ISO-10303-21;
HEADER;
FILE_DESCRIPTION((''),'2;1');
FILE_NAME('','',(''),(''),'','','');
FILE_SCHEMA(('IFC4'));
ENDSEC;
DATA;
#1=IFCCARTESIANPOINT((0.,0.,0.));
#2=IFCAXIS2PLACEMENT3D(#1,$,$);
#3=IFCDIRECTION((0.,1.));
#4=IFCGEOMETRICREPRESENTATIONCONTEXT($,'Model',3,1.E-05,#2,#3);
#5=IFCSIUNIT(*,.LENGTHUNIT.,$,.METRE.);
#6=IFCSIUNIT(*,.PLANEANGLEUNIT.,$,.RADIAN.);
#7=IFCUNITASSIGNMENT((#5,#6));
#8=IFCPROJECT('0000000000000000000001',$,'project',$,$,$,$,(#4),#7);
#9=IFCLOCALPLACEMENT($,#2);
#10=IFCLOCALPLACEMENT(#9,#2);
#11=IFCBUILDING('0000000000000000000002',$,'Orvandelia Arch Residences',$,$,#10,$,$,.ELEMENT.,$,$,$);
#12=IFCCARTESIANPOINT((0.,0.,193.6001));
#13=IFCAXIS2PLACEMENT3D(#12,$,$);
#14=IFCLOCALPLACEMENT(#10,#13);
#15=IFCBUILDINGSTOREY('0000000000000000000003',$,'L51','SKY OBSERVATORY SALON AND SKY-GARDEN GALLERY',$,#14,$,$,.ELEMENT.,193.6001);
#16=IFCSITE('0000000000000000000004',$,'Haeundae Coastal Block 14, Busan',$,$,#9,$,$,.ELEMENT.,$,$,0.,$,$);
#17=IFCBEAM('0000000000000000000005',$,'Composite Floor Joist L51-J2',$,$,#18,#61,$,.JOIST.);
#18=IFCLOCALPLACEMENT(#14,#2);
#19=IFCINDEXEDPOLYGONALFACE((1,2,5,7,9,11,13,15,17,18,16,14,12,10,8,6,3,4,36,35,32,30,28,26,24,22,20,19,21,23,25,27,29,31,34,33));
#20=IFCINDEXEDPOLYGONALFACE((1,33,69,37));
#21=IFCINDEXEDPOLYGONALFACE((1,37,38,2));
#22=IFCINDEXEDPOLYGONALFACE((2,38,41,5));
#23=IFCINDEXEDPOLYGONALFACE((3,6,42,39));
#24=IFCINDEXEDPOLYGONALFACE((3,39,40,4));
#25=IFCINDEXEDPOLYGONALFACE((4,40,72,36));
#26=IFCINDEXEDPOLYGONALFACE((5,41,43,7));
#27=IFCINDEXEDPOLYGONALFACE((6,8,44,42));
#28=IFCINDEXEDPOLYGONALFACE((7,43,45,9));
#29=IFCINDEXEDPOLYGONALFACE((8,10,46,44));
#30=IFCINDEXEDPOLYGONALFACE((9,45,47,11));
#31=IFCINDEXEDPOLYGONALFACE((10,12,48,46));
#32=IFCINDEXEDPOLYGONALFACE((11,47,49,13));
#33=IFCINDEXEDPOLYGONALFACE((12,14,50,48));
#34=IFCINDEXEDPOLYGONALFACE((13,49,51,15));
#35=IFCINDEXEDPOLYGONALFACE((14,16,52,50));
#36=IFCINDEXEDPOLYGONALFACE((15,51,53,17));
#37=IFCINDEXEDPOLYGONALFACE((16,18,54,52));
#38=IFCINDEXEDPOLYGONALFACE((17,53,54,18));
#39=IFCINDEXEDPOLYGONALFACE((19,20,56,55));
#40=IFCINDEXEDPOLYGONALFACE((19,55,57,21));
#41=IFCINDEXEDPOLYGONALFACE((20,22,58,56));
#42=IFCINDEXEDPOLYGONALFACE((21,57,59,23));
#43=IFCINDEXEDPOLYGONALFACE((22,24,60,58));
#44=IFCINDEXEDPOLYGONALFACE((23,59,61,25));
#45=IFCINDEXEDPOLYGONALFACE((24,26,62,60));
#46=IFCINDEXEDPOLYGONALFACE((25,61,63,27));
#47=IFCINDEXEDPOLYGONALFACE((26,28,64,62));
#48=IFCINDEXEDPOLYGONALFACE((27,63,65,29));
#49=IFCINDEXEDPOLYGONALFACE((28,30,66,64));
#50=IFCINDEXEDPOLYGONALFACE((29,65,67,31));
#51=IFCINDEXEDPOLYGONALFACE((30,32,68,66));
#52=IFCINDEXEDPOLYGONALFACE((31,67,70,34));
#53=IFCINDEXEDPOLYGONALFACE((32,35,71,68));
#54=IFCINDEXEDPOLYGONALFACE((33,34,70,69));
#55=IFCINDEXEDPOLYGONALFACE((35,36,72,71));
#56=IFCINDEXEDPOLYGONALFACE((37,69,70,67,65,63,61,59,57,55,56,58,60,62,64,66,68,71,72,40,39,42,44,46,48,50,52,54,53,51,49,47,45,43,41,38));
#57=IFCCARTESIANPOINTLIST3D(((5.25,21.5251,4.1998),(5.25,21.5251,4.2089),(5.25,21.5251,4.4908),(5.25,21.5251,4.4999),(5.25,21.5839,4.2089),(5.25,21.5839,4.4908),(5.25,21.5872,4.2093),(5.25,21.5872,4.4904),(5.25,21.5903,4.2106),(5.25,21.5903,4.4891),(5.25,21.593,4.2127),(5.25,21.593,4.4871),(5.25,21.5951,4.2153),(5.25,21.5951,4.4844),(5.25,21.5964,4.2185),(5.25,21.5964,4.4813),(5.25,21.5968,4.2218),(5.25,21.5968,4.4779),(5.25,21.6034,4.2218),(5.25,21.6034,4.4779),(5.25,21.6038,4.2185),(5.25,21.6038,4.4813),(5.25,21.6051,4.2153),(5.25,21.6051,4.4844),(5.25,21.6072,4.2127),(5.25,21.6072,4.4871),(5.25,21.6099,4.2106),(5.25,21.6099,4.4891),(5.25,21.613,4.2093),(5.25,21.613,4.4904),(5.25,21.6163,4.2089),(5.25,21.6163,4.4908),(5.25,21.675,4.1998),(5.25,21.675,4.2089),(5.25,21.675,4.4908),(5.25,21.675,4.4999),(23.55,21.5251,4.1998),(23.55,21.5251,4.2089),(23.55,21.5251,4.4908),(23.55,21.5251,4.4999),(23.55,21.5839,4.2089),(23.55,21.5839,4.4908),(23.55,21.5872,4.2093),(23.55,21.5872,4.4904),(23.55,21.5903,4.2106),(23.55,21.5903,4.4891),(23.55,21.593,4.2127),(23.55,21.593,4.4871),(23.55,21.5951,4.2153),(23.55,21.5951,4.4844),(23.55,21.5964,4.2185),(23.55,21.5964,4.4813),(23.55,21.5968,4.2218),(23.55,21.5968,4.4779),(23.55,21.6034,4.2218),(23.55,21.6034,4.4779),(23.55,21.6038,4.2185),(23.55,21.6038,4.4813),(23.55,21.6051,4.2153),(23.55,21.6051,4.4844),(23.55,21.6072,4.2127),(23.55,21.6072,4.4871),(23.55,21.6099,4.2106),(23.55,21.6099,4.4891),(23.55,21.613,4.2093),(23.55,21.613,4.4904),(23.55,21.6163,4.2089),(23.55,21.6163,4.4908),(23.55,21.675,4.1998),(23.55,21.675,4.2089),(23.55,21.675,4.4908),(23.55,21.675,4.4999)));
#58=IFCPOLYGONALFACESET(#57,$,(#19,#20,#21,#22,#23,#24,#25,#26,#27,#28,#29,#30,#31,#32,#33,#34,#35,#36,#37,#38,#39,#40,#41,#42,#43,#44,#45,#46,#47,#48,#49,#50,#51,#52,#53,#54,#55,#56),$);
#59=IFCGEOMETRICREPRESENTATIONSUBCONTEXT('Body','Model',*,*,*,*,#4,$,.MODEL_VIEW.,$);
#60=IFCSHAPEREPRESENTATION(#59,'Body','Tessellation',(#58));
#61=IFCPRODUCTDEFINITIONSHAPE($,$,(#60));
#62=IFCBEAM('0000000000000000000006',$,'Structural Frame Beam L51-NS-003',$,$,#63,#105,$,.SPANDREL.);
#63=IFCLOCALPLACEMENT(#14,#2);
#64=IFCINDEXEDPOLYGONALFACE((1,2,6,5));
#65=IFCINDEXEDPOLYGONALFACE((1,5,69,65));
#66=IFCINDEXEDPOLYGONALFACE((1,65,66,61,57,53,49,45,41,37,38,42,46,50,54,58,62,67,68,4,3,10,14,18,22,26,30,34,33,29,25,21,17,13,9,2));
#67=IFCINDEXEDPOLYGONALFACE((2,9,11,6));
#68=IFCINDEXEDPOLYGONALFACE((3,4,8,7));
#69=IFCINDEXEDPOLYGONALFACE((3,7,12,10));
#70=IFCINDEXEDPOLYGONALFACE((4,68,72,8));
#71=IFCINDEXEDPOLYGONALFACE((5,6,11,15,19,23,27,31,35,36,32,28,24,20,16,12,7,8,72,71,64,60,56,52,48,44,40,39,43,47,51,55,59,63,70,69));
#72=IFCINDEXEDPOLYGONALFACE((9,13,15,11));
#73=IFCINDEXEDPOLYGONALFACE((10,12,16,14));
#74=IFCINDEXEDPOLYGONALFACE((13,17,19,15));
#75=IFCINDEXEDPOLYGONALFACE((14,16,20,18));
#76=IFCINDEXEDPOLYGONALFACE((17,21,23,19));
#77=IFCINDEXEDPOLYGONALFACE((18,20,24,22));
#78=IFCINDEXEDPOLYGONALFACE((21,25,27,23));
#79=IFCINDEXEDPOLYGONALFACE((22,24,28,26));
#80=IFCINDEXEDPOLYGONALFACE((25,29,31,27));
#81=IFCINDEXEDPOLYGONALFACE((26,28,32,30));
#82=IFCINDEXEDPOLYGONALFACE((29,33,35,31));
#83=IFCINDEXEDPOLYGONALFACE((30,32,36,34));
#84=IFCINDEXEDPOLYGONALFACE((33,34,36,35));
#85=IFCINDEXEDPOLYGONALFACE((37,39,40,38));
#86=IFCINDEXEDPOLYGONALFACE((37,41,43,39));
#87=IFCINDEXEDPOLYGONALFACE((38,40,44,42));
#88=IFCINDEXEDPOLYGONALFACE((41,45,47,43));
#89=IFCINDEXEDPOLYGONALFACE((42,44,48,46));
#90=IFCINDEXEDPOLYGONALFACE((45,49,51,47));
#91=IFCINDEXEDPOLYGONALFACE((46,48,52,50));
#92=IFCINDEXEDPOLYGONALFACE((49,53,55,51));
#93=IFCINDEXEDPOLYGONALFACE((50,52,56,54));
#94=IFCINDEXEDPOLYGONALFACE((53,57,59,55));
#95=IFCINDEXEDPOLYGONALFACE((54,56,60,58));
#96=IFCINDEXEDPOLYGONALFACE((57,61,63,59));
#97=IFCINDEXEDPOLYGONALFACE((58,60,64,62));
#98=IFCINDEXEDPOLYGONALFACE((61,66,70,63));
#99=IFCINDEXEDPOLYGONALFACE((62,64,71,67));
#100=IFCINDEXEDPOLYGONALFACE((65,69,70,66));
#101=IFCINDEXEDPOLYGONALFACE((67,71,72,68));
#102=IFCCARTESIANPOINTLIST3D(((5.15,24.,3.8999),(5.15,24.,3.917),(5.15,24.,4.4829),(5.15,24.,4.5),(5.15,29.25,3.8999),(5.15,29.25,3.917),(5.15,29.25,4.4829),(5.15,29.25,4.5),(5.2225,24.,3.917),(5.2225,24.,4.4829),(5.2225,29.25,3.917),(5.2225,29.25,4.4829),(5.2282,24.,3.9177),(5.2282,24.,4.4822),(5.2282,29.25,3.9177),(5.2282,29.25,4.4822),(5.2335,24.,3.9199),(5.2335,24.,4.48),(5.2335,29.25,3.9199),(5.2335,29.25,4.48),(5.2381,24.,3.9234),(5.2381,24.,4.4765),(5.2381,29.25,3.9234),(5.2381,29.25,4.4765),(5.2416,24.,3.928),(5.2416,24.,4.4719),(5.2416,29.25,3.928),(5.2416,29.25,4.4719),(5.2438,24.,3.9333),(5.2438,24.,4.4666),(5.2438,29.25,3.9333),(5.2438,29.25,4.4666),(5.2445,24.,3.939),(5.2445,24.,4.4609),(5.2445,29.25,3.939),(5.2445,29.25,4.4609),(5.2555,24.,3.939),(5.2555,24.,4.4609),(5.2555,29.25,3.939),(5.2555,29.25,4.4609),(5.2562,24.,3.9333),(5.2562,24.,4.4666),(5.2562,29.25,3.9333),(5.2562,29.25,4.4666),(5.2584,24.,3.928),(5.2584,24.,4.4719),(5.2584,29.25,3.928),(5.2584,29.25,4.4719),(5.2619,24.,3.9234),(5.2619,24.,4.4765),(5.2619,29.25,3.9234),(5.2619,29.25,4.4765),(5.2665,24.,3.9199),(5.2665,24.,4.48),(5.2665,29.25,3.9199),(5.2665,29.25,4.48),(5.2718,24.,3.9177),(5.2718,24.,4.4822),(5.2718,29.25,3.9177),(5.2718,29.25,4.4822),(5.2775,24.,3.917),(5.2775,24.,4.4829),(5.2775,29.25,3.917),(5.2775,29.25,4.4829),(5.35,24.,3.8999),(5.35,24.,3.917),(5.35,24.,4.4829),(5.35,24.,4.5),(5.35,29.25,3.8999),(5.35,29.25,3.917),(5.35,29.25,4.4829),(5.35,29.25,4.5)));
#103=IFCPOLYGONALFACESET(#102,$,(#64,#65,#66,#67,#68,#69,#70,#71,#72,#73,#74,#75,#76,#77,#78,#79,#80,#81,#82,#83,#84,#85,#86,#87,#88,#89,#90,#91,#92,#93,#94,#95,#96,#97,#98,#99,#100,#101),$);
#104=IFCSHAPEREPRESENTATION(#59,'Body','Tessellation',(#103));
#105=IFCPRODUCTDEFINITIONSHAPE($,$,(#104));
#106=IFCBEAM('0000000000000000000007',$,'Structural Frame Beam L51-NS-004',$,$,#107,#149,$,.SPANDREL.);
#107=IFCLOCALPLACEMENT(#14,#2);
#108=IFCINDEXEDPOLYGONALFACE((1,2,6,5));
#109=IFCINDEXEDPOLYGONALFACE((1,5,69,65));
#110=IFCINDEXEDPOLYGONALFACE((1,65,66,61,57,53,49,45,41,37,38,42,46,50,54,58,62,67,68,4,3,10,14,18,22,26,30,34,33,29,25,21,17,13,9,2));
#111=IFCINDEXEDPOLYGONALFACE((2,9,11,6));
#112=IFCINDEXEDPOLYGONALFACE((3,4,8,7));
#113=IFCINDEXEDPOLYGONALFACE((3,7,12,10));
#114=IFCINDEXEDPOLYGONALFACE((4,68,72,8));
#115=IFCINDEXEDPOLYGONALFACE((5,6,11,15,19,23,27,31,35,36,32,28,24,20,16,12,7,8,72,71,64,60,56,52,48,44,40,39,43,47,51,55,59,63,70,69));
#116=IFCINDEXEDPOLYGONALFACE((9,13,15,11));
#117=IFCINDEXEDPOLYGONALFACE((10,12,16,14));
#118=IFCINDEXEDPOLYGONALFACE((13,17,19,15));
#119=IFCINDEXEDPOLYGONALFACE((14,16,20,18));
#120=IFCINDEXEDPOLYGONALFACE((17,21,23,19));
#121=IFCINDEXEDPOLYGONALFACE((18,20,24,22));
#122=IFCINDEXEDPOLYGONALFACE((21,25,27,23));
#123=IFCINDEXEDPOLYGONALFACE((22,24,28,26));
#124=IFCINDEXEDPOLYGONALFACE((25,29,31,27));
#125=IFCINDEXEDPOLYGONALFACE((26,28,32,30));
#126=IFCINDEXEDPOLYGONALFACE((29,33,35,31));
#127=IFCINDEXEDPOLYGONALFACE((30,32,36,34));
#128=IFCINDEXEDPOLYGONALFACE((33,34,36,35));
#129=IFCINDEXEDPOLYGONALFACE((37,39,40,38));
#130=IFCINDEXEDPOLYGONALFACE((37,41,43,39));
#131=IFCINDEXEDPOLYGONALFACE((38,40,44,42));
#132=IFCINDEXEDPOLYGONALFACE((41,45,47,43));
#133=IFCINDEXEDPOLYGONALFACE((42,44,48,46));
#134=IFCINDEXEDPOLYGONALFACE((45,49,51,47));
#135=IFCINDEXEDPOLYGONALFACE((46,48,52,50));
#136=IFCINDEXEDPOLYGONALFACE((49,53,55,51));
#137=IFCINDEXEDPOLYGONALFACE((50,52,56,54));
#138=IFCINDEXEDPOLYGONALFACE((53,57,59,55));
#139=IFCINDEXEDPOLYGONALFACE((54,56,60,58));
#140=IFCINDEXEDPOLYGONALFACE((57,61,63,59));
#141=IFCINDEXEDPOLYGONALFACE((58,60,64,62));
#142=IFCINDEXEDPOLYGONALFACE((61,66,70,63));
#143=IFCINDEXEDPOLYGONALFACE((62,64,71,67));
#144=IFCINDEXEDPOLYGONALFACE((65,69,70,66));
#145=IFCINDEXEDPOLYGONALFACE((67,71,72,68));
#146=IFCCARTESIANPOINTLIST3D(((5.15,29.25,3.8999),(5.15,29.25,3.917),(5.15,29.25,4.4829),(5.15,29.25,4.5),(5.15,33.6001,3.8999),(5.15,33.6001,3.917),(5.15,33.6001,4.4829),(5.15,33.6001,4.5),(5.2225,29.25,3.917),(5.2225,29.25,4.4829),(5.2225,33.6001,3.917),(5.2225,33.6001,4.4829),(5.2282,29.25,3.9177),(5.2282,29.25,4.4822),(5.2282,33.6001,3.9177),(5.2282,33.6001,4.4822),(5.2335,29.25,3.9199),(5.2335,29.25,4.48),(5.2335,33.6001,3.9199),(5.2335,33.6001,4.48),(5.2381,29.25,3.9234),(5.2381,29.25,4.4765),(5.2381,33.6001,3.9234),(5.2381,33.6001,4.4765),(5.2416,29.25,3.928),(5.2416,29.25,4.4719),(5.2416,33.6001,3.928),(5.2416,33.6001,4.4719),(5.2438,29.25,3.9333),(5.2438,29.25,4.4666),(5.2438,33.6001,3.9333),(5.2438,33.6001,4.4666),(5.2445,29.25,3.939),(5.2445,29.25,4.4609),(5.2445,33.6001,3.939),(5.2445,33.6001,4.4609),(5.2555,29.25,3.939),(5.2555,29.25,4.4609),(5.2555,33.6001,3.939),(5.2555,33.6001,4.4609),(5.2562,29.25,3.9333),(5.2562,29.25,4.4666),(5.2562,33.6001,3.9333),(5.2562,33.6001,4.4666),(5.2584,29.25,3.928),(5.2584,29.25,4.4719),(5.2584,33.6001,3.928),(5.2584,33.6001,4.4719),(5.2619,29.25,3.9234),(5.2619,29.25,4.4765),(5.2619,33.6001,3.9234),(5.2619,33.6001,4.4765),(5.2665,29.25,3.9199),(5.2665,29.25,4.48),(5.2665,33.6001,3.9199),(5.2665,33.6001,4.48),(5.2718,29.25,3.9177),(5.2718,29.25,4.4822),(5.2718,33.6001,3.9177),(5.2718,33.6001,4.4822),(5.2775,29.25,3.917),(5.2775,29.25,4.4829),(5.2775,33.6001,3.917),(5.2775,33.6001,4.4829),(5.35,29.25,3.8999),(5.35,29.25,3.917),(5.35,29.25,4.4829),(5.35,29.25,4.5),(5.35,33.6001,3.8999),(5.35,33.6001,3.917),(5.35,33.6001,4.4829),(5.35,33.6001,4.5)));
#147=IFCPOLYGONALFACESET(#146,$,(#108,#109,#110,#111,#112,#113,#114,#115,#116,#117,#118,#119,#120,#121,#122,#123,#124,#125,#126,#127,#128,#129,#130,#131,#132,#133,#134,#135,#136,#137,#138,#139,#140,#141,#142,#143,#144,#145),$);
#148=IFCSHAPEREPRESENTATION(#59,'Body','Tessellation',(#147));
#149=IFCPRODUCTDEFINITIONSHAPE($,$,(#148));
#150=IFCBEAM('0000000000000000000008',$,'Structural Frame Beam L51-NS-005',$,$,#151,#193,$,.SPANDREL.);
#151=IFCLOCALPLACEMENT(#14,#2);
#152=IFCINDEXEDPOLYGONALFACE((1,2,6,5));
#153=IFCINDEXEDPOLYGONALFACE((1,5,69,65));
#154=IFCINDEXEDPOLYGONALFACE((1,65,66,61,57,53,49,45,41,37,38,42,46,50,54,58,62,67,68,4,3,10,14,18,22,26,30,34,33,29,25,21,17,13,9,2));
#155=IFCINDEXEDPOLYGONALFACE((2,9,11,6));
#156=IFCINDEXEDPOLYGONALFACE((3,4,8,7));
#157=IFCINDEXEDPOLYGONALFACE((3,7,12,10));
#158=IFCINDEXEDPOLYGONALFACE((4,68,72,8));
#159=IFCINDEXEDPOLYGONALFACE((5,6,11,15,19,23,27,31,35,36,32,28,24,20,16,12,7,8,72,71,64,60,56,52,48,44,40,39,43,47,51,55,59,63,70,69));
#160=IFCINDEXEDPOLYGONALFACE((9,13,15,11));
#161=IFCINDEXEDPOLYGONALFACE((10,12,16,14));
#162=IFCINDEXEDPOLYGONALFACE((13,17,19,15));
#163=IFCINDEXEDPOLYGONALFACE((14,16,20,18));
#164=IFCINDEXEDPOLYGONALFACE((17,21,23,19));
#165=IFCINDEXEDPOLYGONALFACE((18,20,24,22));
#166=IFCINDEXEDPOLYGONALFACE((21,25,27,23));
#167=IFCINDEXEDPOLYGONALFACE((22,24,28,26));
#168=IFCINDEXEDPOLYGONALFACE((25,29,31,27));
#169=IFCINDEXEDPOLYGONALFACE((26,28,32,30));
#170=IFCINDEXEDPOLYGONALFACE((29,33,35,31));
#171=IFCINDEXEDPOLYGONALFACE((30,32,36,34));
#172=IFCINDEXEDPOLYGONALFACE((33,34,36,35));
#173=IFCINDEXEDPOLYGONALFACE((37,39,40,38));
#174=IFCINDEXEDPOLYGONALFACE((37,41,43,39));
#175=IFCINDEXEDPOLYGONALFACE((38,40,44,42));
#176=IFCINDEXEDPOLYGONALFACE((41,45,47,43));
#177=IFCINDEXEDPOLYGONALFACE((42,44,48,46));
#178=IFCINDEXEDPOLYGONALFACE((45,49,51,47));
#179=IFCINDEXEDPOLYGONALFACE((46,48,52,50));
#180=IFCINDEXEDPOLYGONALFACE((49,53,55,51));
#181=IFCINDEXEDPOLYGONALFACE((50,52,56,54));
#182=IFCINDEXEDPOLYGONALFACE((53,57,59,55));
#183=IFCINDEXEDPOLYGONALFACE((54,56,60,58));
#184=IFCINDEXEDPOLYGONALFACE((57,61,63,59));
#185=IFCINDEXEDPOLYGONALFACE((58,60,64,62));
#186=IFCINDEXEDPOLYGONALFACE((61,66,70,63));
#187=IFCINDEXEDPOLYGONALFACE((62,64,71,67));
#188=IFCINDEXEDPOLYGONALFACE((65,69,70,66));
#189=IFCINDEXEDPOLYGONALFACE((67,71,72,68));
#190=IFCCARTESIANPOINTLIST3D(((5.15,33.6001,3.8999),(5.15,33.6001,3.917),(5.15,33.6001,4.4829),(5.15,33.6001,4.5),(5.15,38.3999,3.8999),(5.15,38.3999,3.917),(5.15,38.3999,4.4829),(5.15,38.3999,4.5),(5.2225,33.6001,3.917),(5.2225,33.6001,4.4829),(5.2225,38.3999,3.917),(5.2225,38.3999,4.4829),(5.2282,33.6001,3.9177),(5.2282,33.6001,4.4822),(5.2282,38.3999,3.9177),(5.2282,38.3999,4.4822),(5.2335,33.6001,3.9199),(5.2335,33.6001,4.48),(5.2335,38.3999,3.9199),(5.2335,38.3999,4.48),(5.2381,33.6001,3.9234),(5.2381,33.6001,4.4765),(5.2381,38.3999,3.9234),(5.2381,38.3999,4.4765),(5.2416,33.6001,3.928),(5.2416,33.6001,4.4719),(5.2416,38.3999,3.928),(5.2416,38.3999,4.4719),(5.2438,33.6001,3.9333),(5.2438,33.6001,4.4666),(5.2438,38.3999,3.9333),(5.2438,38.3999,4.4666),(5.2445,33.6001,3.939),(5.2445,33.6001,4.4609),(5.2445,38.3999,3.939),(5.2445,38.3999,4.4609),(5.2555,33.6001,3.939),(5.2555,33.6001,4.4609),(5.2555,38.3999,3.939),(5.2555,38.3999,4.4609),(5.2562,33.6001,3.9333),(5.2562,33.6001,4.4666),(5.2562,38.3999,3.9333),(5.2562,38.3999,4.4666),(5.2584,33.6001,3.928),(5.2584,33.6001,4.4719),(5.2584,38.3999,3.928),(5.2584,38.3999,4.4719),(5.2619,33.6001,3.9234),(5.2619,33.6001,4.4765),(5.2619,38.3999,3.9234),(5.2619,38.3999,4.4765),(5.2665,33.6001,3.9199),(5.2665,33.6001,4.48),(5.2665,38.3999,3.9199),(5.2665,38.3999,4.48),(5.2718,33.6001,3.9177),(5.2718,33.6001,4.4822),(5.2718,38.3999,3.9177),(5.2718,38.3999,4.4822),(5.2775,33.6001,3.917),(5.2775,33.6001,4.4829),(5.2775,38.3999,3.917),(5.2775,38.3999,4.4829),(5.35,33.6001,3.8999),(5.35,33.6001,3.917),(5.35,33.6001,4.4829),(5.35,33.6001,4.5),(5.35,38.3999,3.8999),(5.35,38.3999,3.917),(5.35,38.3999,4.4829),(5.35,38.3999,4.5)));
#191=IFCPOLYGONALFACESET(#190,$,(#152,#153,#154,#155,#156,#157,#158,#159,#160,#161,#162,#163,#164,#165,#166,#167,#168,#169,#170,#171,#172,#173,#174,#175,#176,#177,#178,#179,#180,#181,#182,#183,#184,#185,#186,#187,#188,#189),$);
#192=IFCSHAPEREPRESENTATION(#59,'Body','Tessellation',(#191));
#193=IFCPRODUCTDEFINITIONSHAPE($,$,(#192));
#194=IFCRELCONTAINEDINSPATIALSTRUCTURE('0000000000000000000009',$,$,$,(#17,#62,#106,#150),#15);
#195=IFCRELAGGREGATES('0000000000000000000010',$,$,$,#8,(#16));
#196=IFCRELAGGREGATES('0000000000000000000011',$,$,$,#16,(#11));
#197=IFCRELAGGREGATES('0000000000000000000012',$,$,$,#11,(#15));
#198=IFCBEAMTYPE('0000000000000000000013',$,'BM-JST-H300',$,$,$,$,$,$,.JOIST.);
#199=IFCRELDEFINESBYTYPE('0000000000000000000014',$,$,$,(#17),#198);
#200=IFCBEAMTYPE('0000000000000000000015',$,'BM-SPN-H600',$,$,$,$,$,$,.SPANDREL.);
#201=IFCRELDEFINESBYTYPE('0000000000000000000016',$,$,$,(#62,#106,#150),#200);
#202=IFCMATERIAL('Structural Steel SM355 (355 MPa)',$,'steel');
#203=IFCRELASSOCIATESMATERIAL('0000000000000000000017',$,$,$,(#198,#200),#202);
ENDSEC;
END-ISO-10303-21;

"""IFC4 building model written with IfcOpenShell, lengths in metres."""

from ifc_helpers import new_model, si_unit, direction, frame, origin, origin_2d, place, context, subcontext, project, spatial, i_section, extrude, material, material_profile, profile_set, type_object, element, save


model = new_model("IFC4")

# Units and contexts
model_context = context("Model", 3, precision=1e-05, world=origin(), true_north=direction((0.0, 1.0)))
body_context = subcontext(model_context, "Body", "Model", "MODEL_VIEW")
ifc_project = project(units=[si_unit("LENGTHUNIT", "METRE"), si_unit("PLANEANGLEUNIT", "RADIAN")], contexts=[model_context])

# Site, building, storey
site_placement = place(None, origin())
site = spatial("IfcSite", under=ifc_project, at=site_placement, Name="Haeundae Coastal Block 14, Busan", CompositionType="ELEMENT", RefElevation=0.0)
building_placement = place(site_placement, origin())
building = spatial("IfcBuilding", under=site, at=building_placement, Name="Orvandelia Arch Residences", CompositionType="ELEMENT")
storey_placement = place(building_placement, frame((0.0, 0.0, 193.6001)))
storey = spatial("IfcBuildingStorey", under=building, at=storey_placement, Name="L51", Description="SKY OBSERVATORY SALON AND SKY-GARDEN GALLERY", CompositionType="ELEMENT", Elevation=193.6001)

# Beams
ifc_material_1 = material(Name="Structural Steel SM355 (355 MPa)", Category="steel")
ifc_material_profile_1 = material_profile(ifc_material_1, i_section(OverallWidth=0.1499, OverallDepth=0.3, WebThickness=0.0066, FlangeThickness=0.009, FilletRadius=0.0129, at=origin_2d()), Name="Structural Steel SM355 (355 MPa)", Category="steel")
ifc_profile_set_1 = profile_set([ifc_material_profile_1], Name="Structural Steel SM355 (355 MPa)")
beam_type_1 = type_object("IfcBeamType", Name="BM-JST-H300", PredefinedType="JOIST", material=ifc_profile_set_1)
beam_1_placement = place(storey_placement, frame((5.25, 21.6001, 4.3499), z_axis=(1.0, 0.0, 0.0), x_axis=(0.0, 1.0, 0.0)))
element("IfcBeam", 1, at=beam_1_placement, inside=storey, type_object=beam_type_1, Name="Composite Floor Joist L51-J2", PredefinedType="JOIST", context=body_context, shape_type="SweptSolid", body=[
    extrude(i_section(OverallWidth=0.1499, OverallDepth=0.3, WebThickness=0.0066, FlangeThickness=0.009, FilletRadius=0.0129, at=origin_2d()), origin(), (0.0, 0.0, 1.0), 18.3),
])
ifc_material_profile_2 = material_profile(ifc_material_1, i_section(OverallWidth=0.2, OverallDepth=0.6001, WebThickness=0.011, FlangeThickness=0.0171, FilletRadius=0.022, at=origin_2d()), Name="Structural Steel SM355 (355 MPa)", Category="steel")
ifc_profile_set_2 = profile_set([ifc_material_profile_2], Name="Structural Steel SM355 (355 MPa)")
beam_type_2 = type_object("IfcBeamType", Name="BM-SPN-H600", PredefinedType="SPANDREL", material=ifc_profile_set_2)
beam_2_placement = place(storey_placement, frame((5.25, 24.0, 4.2), z_axis=(0.0, 1.0, 0.0), x_axis=(-1.0, 0.0, 0.0)))
element("IfcBeam", 2, at=beam_2_placement, inside=storey, type_object=beam_type_2, Name="Structural Frame Beam L51-NS-003", PredefinedType="SPANDREL", context=body_context, shape_type="SweptSolid", body=[
    extrude(i_section(OverallWidth=0.2, OverallDepth=0.6001, WebThickness=0.011, FlangeThickness=0.0171, FilletRadius=0.022, at=origin_2d()), origin(), (0.0, 0.0, 1.0), 5.25),
])
beam_3_placement = place(storey_placement, frame((5.25, 29.25, 4.2), z_axis=(0.0, 1.0, 0.0), x_axis=(-1.0, 0.0, 0.0)))
element("IfcBeam", 3, at=beam_3_placement, inside=storey, type_object=beam_type_2, Name="Structural Frame Beam L51-NS-004", PredefinedType="SPANDREL", context=body_context, shape_type="SweptSolid", body=[
    extrude(i_section(OverallWidth=0.2, OverallDepth=0.6001, WebThickness=0.011, FlangeThickness=0.0171, FilletRadius=0.022, at=origin_2d()), origin(), (0.0, 0.0, 1.0), 4.3501),
])
beam_4_placement = place(storey_placement, frame((5.25, 33.6001, 4.2), z_axis=(0.0, 1.0, 0.0), x_axis=(-1.0, 0.0, 0.0)))
element("IfcBeam", 4, at=beam_4_placement, inside=storey, type_object=beam_type_2, Name="Structural Frame Beam L51-NS-005", PredefinedType="SPANDREL", context=body_context, shape_type="SweptSolid", body=[
    extrude(i_section(OverallWidth=0.2, OverallDepth=0.6001, WebThickness=0.011, FlangeThickness=0.0171, FilletRadius=0.022, at=origin_2d()), origin(), (0.0, 0.0, 1.0), 4.7998),
])

save(model, "model.ifc")
